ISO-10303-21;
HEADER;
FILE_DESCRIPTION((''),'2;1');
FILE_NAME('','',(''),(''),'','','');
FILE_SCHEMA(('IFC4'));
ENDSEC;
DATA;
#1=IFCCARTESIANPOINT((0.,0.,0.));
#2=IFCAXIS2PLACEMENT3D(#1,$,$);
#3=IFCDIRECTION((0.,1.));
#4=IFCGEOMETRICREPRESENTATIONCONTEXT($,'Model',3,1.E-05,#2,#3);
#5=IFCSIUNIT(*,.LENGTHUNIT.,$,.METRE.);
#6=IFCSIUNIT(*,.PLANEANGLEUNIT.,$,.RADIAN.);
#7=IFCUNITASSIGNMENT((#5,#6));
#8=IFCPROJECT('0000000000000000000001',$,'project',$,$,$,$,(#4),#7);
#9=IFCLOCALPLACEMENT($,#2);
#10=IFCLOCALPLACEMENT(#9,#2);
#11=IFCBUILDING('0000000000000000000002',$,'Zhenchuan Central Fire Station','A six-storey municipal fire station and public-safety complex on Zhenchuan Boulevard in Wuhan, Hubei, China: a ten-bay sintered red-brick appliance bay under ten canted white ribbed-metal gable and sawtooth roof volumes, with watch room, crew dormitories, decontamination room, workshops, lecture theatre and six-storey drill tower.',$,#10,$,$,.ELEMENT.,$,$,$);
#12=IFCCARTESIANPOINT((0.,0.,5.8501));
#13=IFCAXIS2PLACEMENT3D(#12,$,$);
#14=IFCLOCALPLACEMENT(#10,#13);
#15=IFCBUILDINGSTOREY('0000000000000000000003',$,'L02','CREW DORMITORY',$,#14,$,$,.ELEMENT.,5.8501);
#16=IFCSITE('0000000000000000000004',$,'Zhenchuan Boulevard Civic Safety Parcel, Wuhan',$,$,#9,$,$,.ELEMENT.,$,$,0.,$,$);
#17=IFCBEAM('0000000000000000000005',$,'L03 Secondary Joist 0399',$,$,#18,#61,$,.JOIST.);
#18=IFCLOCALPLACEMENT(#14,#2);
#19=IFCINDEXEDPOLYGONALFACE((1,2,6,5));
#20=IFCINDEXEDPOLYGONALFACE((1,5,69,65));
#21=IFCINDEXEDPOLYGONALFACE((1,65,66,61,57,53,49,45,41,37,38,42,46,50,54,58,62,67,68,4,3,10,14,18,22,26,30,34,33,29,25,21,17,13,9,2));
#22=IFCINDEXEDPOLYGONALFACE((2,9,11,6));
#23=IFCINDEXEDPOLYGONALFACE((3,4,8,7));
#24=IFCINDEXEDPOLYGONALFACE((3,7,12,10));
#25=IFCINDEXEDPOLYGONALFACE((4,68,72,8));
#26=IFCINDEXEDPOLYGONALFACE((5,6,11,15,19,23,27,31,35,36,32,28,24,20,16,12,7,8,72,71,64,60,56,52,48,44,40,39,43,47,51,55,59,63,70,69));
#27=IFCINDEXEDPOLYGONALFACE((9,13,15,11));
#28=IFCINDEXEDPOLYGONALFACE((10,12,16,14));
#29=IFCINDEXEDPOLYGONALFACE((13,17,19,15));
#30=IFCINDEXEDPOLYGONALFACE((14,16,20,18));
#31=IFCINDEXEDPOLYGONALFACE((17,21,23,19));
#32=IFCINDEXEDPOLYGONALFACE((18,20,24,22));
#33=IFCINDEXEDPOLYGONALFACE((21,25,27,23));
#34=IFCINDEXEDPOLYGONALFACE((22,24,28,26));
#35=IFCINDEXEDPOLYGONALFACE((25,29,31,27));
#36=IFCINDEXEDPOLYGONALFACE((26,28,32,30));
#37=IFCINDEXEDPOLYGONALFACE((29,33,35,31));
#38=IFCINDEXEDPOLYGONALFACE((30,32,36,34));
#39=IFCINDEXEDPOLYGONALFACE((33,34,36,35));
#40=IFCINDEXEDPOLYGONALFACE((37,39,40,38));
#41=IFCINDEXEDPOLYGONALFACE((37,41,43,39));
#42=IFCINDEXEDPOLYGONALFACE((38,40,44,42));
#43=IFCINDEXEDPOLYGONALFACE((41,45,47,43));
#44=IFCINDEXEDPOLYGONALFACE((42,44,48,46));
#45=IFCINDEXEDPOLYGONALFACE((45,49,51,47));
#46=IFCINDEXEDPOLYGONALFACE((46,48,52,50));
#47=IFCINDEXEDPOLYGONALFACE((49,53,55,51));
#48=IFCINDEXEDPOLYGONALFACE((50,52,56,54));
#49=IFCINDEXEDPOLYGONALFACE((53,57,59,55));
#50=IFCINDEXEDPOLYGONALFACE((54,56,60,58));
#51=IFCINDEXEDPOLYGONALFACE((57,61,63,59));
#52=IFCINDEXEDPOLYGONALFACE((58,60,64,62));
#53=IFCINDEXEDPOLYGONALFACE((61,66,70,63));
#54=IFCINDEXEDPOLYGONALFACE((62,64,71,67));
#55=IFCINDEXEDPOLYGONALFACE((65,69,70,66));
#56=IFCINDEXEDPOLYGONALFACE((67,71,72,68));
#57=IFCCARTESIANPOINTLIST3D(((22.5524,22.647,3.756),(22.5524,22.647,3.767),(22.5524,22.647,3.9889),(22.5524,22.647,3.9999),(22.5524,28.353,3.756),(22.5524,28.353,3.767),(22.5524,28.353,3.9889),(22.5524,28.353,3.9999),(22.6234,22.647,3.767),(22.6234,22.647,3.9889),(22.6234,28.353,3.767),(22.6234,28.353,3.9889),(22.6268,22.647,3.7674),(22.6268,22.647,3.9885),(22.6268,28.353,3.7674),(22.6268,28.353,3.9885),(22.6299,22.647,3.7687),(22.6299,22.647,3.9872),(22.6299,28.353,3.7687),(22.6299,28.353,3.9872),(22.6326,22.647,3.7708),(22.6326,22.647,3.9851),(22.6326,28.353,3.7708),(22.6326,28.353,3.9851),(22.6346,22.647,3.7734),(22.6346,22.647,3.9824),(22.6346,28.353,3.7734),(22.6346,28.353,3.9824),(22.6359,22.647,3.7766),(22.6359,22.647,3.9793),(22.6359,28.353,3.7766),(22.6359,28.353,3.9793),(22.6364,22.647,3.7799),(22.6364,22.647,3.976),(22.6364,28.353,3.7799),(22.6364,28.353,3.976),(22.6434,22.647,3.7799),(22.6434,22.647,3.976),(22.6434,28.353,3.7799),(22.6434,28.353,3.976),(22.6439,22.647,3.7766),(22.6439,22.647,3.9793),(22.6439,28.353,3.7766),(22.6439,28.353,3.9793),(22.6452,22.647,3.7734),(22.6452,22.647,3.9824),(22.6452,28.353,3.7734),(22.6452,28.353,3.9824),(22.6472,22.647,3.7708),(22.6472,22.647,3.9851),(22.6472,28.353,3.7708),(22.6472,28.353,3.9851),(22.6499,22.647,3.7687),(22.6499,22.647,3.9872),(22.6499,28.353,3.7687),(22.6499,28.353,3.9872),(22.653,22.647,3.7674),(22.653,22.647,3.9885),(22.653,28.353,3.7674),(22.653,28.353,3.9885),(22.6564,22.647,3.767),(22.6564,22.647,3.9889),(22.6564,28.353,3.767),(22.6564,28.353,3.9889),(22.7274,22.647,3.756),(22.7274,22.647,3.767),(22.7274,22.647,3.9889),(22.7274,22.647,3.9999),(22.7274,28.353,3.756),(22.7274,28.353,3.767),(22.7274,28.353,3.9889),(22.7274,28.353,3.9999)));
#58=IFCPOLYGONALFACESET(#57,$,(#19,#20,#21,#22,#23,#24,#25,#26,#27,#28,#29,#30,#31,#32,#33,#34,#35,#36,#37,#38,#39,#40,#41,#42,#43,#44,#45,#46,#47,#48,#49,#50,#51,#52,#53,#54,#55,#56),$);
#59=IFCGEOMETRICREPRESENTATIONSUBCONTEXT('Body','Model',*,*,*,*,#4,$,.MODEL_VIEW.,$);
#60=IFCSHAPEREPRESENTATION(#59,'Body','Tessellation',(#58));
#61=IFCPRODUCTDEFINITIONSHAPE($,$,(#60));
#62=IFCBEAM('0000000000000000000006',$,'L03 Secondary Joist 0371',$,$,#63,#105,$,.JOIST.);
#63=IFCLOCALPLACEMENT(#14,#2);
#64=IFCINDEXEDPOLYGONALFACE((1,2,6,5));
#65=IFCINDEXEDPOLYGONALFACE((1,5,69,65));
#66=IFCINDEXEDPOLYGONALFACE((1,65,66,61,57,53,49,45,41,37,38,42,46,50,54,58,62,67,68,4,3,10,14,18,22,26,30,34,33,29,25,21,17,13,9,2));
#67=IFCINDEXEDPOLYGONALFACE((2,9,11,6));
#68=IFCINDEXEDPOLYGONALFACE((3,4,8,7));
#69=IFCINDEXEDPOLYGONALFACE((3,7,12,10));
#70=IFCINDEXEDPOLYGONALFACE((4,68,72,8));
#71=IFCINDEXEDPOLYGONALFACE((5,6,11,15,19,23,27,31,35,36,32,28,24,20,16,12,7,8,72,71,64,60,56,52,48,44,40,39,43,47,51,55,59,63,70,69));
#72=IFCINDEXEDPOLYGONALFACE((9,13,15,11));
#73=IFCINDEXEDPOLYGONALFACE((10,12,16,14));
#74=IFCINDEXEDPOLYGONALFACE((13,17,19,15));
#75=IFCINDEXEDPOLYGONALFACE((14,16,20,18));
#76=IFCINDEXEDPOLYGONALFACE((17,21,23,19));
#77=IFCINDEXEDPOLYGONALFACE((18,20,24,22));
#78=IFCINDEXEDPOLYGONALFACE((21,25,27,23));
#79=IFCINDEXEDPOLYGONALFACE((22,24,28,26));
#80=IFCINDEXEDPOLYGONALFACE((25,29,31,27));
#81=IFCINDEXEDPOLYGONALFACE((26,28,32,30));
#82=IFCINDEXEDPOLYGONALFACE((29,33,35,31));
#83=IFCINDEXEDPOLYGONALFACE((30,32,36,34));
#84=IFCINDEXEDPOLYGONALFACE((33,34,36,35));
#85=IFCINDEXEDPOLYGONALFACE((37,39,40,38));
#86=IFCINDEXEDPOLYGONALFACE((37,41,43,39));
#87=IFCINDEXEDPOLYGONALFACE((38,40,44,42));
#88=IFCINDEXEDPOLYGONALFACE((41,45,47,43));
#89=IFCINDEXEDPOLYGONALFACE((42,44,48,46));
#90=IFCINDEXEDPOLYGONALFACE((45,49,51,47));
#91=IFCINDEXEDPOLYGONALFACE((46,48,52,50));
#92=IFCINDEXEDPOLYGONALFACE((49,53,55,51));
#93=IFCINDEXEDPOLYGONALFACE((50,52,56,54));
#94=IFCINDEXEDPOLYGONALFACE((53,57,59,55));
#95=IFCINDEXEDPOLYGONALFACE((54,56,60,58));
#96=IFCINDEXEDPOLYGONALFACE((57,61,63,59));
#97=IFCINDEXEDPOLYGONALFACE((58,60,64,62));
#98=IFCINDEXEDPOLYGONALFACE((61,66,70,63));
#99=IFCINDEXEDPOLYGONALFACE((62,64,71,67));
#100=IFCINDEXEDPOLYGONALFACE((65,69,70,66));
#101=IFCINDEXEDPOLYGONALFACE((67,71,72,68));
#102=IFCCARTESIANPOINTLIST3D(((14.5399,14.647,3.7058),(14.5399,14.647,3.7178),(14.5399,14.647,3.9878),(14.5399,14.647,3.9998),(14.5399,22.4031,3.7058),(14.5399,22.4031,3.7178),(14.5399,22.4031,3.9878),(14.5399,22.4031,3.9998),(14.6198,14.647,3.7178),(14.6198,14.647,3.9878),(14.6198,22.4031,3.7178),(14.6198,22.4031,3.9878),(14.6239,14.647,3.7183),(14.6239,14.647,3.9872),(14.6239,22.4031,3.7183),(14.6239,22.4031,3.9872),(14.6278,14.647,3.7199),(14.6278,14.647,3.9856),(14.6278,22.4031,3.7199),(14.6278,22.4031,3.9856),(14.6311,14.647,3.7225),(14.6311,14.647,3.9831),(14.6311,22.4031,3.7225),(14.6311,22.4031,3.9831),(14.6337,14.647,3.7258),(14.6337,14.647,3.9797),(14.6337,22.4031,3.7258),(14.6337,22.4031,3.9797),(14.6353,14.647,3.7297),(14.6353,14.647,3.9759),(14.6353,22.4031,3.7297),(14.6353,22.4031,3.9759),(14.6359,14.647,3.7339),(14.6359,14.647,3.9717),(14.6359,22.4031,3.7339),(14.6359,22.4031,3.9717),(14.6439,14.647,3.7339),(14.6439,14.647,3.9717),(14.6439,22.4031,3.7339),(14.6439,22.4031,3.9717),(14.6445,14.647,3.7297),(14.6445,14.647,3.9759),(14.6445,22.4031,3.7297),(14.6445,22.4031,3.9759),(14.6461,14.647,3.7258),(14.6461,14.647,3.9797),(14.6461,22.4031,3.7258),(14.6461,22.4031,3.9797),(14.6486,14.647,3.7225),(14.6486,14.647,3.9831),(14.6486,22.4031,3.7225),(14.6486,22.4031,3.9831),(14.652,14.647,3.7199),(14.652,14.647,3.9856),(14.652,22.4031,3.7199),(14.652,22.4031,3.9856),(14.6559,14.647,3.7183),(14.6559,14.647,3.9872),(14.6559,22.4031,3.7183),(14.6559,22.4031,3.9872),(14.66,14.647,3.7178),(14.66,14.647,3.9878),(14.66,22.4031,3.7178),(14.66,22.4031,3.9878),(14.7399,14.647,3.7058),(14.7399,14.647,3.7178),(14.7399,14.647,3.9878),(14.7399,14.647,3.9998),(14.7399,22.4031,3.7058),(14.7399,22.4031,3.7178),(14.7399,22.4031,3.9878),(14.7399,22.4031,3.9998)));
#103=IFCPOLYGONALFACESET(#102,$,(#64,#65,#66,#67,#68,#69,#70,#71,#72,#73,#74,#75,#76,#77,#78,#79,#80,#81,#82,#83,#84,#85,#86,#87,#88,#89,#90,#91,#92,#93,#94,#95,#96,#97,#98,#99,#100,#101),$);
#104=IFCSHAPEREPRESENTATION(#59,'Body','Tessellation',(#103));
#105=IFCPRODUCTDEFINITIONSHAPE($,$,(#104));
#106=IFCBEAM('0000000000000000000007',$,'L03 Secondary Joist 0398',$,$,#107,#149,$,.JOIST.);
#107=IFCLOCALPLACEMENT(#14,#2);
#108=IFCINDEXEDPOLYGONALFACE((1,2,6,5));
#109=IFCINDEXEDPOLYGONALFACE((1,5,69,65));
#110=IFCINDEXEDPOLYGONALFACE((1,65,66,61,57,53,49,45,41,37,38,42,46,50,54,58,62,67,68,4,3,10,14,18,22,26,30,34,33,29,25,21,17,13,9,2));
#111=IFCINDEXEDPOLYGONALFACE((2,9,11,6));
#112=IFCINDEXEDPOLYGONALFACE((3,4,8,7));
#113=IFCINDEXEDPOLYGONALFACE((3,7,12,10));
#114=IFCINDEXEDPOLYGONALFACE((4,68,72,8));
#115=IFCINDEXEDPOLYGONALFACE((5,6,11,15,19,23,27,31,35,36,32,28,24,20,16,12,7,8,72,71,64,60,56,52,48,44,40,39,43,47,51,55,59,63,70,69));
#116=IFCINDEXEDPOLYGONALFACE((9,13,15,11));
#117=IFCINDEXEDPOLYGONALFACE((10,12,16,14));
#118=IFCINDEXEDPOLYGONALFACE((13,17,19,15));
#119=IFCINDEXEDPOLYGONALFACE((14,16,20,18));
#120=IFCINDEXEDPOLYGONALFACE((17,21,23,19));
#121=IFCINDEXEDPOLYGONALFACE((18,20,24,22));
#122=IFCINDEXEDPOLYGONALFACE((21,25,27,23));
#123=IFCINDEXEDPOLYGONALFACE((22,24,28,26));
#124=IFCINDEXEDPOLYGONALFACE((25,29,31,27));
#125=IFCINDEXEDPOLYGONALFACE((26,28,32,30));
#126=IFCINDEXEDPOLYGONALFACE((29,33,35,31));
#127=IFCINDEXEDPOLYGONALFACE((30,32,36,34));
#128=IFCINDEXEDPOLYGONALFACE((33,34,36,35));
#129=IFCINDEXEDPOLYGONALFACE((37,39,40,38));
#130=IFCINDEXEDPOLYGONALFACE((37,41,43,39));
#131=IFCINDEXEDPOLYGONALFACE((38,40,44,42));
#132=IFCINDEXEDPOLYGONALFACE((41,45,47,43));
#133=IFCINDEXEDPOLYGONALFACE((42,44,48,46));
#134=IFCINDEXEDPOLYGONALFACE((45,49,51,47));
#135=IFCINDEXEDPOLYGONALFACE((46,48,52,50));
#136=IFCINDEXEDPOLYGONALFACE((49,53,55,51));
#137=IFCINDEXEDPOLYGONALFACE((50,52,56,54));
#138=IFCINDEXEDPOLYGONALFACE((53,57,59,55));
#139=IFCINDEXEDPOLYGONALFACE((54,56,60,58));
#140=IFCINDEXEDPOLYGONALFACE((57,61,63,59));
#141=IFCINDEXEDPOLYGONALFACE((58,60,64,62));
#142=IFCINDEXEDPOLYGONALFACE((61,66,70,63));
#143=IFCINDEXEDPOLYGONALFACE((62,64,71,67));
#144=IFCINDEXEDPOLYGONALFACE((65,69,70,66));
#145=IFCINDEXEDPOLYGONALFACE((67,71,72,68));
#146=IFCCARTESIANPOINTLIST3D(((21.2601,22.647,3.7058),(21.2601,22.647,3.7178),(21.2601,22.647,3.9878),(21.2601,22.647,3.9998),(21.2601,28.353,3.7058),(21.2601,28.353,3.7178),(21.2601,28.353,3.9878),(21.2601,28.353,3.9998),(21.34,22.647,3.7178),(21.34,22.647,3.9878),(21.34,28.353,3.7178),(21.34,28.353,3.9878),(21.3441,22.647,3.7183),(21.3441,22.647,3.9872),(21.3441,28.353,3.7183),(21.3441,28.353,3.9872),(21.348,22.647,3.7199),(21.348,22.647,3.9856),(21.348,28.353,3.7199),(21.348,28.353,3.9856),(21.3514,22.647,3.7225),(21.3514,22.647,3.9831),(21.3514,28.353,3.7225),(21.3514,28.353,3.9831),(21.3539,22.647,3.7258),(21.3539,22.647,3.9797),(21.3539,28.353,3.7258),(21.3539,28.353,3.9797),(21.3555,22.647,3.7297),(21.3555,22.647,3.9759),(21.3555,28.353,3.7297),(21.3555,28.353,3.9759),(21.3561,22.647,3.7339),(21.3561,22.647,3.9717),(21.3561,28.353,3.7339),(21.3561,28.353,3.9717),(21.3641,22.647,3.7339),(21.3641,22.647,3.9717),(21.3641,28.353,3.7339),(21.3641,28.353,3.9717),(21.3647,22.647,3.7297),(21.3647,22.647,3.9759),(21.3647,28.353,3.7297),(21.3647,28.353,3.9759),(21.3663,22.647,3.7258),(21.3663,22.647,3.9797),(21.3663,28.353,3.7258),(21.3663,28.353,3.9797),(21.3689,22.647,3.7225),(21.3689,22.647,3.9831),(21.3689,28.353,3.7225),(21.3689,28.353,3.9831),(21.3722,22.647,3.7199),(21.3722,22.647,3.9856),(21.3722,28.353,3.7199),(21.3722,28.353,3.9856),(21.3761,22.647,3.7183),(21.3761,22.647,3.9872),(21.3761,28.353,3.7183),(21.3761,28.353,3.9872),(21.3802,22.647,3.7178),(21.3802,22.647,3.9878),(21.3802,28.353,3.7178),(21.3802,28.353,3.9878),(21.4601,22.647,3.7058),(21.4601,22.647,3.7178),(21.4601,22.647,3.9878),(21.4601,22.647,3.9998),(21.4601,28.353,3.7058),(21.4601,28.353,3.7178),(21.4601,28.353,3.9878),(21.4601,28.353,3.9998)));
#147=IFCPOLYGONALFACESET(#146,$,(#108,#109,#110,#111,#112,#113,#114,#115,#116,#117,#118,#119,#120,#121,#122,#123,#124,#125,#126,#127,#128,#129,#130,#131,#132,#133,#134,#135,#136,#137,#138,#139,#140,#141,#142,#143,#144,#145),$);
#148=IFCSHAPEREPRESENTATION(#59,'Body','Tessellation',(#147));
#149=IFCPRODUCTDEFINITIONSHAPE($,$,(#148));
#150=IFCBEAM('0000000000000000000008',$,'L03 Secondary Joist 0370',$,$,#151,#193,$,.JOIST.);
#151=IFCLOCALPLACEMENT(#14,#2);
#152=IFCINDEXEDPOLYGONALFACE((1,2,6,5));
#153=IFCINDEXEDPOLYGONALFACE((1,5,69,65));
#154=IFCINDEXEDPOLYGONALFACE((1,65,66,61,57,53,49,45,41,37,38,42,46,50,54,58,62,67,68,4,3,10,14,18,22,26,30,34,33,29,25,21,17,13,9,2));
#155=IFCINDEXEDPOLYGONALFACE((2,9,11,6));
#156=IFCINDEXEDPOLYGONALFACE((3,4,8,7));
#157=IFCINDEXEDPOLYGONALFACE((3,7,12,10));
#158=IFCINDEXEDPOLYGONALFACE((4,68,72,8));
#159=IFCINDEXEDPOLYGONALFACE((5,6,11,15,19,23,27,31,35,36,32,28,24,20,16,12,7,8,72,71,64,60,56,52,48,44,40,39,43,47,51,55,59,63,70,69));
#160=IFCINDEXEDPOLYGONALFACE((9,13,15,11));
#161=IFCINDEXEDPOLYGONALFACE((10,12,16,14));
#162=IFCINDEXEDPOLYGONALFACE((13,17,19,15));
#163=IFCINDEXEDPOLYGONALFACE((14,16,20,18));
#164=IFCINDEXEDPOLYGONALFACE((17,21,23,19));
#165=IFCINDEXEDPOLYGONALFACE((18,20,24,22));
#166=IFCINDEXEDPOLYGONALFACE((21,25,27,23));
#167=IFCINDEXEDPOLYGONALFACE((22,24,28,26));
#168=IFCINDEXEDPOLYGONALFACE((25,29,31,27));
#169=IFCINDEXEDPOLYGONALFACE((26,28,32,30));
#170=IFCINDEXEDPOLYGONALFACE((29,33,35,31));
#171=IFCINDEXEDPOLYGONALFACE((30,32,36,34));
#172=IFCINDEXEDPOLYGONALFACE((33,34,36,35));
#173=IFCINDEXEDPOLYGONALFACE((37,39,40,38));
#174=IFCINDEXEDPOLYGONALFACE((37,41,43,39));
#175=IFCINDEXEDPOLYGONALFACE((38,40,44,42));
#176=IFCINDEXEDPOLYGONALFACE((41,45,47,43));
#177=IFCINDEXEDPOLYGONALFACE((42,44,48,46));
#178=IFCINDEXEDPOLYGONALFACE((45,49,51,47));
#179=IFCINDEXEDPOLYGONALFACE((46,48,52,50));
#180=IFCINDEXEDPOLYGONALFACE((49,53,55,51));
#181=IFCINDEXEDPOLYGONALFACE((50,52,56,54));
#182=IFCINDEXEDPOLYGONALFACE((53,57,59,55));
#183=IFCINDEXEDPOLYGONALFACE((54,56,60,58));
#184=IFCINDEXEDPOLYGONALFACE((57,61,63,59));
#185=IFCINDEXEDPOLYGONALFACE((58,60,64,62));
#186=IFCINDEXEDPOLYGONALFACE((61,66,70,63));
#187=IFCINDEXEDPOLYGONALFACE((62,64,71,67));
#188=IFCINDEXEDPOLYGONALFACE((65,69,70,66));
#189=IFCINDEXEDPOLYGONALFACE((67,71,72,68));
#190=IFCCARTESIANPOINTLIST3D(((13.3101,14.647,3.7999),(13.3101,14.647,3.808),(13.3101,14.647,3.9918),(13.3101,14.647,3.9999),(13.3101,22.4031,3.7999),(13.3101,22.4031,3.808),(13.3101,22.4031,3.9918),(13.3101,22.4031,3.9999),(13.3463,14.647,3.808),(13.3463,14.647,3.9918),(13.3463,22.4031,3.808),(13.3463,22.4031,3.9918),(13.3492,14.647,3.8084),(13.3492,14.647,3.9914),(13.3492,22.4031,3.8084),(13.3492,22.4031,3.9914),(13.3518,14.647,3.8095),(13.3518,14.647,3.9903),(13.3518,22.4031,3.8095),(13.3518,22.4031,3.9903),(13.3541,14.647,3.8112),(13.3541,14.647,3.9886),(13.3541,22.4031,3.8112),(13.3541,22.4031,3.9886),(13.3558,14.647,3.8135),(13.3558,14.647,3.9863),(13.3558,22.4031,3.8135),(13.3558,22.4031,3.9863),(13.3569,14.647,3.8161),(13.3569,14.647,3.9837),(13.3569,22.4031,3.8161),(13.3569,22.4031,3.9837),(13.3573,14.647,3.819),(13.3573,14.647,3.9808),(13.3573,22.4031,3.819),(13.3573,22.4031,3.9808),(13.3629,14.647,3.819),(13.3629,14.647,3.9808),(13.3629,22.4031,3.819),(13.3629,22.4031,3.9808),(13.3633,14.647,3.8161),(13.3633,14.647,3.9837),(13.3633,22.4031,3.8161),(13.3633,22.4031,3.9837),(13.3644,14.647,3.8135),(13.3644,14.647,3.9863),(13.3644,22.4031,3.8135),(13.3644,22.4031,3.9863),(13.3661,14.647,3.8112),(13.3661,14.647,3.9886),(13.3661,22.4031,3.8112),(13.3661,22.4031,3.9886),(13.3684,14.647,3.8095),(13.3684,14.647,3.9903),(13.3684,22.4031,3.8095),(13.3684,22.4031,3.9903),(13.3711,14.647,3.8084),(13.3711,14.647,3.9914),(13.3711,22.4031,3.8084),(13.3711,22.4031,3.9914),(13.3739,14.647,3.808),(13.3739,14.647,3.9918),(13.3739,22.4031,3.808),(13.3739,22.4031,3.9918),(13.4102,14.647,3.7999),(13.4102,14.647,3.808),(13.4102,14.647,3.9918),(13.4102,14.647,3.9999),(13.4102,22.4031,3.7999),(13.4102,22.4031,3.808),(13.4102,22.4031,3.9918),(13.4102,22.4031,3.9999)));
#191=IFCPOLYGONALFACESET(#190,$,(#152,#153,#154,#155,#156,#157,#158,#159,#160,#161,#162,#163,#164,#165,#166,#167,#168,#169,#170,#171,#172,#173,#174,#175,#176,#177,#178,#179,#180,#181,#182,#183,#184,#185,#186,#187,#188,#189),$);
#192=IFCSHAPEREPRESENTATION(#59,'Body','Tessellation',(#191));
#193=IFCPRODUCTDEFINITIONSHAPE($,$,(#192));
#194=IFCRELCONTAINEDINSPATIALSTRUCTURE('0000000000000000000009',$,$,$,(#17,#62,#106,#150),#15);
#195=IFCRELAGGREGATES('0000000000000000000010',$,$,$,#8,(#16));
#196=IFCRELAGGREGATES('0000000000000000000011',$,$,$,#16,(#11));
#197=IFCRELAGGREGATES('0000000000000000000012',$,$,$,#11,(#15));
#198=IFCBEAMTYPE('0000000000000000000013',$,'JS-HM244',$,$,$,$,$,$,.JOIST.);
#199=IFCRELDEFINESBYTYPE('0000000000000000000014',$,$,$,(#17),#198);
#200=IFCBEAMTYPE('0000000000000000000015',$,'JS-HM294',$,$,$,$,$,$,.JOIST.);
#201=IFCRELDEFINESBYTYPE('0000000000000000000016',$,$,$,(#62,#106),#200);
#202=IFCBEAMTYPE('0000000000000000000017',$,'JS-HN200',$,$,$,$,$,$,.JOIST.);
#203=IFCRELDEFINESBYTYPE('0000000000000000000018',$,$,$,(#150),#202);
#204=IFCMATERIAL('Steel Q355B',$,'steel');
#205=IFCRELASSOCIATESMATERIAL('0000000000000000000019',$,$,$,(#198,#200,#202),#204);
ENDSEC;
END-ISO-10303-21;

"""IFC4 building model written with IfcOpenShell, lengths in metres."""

from ifc_helpers import new_model, si_unit, direction, frame, origin, origin_2d, place, context, subcontext, project, spatial, i_section, extrude, material, material_profile, profile_set, type_object, element, save


model = new_model("IFC4")

# Units and contexts
model_context = context("Model", 3, precision=1e-05, world=origin(), true_north=direction((0.0, 1.0)))
body_context = subcontext(model_context, "Body", "Model", "MODEL_VIEW")
ifc_project = project(units=[si_unit("LENGTHUNIT", "METRE"), si_unit("PLANEANGLEUNIT", "RADIAN")], contexts=[model_context])

# Site, building, storey
site_placement = place(None, origin())
site = spatial("IfcSite", under=ifc_project, at=site_placement, Name="Zhenchuan Boulevard Civic Safety Parcel, Wuhan", CompositionType="ELEMENT", RefElevation=0.0)
building_placement = place(site_placement, origin())
building = spatial("IfcBuilding", under=site, at=building_placement, Name="Zhenchuan Central Fire Station", Description="A six-storey municipal fire station and public-safety complex on Zhenchuan Boulevard in Wuhan, Hubei, China: a ten-bay sintered red-brick appliance bay under ten canted white ribbed-metal gable and sawtooth roof volumes, with watch room, crew dormitories, decontamination room, workshops, lecture theatre and six-storey drill tower.", CompositionType="ELEMENT")
storey_placement = place(building_placement, frame((0.0, 0.0, 5.8501)))
storey = spatial("IfcBuildingStorey", under=building, at=storey_placement, Name="L02", Description="CREW DORMITORY", CompositionType="ELEMENT", Elevation=5.8501)

# Shared definitions
ifc_material_1 = material(Name="Steel Q355B", Category="steel")

# Beams
ifc_material_profile_1 = material_profile(ifc_material_1, i_section(OverallWidth=0.175, OverallDepth=0.2439, WebThickness=0.0071, FlangeThickness=0.011, FilletRadius=0.0129, at=origin_2d()), Name="HM 244x175")
ifc_profile_set_1 = profile_set([ifc_material_profile_1], Name="Steel Q355B")
beam_type_1 = type_object("IfcBeamType", Name="JS-HM244", PredefinedType="JOIST", material=ifc_profile_set_1)
beam_1_placement = place(storey_placement, frame((22.6399, 22.647, 3.8779), z_axis=(0.0, 1.0, 0.0), x_axis=(-1.0, 0.0, 0.0)))
element("IfcBeam", 1, at=beam_1_placement, inside=storey, type_object=beam_type_1, Name="L03 Secondary Joist 0399", PredefinedType="JOIST", context=body_context, shape_type="SweptSolid", body=[
    extrude(i_section(OverallWidth=0.175, OverallDepth=0.2439, WebThickness=0.0071, FlangeThickness=0.011, FilletRadius=0.0129, at=origin_2d()), origin(), (0.0, 0.0, 1.0), 5.7061),
])
ifc_material_profile_2 = material_profile(ifc_material_1, i_section(OverallWidth=0.2, OverallDepth=0.2939, WebThickness=0.0081, FlangeThickness=0.012, FilletRadius=0.0161, at=origin_2d()), Name="HM 294x200")
ifc_profile_set_2 = profile_set([ifc_material_profile_2], Name="Steel Q355B")
beam_type_2 = type_object("IfcBeamType", Name="JS-HM294", PredefinedType="JOIST", material=ifc_profile_set_2)
beam_2_placement = place(storey_placement, frame((14.6399, 14.647, 3.8528), z_axis=(0.0, 1.0, 0.0), x_axis=(-1.0, 0.0, 0.0)))
element("IfcBeam", 2, at=beam_2_placement, inside=storey, type_object=beam_type_2, Name="L03 Secondary Joist 0371", PredefinedType="JOIST", context=body_context, shape_type="SweptSolid", body=[
    extrude(i_section(OverallWidth=0.2, OverallDepth=0.2939, WebThickness=0.0081, FlangeThickness=0.012, FilletRadius=0.0161, at=origin_2d()), origin(), (0.0, 0.0, 1.0), 7.7561),
])
beam_3_placement = place(storey_placement, frame((21.3601, 22.647, 3.8528), z_axis=(0.0, 1.0, 0.0), x_axis=(-1.0, 0.0, 0.0)))
element("IfcBeam", 3, at=beam_3_placement, inside=storey, type_object=beam_type_2, Name="L03 Secondary Joist 0398", PredefinedType="JOIST", context=body_context, shape_type="SweptSolid", body=[
    extrude(i_section(OverallWidth=0.2, OverallDepth=0.2939, WebThickness=0.0081, FlangeThickness=0.012, FilletRadius=0.0161, at=origin_2d()), origin(), (0.0, 0.0, 1.0), 5.7061),
])
ifc_material_profile_3 = material_profile(ifc_material_1, i_section(OverallWidth=0.1001, OverallDepth=0.2, WebThickness=0.0056, FlangeThickness=0.0081, FilletRadius=0.011, at=origin_2d()), Name="HN 200x100")
ifc_profile_set_3 = profile_set([ifc_material_profile_3], Name="Steel Q355B")
beam_type_3 = type_object("IfcBeamType", Name="JS-HN200", PredefinedType="JOIST", material=ifc_profile_set_3)
beam_4_placement = place(storey_placement, frame((13.3601, 14.647, 3.8999), z_axis=(0.0, 1.0, 0.0), x_axis=(-1.0, 0.0, 0.0)))
element("IfcBeam", 4, at=beam_4_placement, inside=storey, type_object=beam_type_3, Name="L03 Secondary Joist 0370", PredefinedType="JOIST", context=body_context, shape_type="SweptSolid", body=[
    extrude(i_section(OverallWidth=0.1001, OverallDepth=0.2, WebThickness=0.0056, FlangeThickness=0.0081, FilletRadius=0.011, at=origin_2d()), origin(), (0.0, 0.0, 1.0), 7.7561),
])

save(model, "model.ifc")
